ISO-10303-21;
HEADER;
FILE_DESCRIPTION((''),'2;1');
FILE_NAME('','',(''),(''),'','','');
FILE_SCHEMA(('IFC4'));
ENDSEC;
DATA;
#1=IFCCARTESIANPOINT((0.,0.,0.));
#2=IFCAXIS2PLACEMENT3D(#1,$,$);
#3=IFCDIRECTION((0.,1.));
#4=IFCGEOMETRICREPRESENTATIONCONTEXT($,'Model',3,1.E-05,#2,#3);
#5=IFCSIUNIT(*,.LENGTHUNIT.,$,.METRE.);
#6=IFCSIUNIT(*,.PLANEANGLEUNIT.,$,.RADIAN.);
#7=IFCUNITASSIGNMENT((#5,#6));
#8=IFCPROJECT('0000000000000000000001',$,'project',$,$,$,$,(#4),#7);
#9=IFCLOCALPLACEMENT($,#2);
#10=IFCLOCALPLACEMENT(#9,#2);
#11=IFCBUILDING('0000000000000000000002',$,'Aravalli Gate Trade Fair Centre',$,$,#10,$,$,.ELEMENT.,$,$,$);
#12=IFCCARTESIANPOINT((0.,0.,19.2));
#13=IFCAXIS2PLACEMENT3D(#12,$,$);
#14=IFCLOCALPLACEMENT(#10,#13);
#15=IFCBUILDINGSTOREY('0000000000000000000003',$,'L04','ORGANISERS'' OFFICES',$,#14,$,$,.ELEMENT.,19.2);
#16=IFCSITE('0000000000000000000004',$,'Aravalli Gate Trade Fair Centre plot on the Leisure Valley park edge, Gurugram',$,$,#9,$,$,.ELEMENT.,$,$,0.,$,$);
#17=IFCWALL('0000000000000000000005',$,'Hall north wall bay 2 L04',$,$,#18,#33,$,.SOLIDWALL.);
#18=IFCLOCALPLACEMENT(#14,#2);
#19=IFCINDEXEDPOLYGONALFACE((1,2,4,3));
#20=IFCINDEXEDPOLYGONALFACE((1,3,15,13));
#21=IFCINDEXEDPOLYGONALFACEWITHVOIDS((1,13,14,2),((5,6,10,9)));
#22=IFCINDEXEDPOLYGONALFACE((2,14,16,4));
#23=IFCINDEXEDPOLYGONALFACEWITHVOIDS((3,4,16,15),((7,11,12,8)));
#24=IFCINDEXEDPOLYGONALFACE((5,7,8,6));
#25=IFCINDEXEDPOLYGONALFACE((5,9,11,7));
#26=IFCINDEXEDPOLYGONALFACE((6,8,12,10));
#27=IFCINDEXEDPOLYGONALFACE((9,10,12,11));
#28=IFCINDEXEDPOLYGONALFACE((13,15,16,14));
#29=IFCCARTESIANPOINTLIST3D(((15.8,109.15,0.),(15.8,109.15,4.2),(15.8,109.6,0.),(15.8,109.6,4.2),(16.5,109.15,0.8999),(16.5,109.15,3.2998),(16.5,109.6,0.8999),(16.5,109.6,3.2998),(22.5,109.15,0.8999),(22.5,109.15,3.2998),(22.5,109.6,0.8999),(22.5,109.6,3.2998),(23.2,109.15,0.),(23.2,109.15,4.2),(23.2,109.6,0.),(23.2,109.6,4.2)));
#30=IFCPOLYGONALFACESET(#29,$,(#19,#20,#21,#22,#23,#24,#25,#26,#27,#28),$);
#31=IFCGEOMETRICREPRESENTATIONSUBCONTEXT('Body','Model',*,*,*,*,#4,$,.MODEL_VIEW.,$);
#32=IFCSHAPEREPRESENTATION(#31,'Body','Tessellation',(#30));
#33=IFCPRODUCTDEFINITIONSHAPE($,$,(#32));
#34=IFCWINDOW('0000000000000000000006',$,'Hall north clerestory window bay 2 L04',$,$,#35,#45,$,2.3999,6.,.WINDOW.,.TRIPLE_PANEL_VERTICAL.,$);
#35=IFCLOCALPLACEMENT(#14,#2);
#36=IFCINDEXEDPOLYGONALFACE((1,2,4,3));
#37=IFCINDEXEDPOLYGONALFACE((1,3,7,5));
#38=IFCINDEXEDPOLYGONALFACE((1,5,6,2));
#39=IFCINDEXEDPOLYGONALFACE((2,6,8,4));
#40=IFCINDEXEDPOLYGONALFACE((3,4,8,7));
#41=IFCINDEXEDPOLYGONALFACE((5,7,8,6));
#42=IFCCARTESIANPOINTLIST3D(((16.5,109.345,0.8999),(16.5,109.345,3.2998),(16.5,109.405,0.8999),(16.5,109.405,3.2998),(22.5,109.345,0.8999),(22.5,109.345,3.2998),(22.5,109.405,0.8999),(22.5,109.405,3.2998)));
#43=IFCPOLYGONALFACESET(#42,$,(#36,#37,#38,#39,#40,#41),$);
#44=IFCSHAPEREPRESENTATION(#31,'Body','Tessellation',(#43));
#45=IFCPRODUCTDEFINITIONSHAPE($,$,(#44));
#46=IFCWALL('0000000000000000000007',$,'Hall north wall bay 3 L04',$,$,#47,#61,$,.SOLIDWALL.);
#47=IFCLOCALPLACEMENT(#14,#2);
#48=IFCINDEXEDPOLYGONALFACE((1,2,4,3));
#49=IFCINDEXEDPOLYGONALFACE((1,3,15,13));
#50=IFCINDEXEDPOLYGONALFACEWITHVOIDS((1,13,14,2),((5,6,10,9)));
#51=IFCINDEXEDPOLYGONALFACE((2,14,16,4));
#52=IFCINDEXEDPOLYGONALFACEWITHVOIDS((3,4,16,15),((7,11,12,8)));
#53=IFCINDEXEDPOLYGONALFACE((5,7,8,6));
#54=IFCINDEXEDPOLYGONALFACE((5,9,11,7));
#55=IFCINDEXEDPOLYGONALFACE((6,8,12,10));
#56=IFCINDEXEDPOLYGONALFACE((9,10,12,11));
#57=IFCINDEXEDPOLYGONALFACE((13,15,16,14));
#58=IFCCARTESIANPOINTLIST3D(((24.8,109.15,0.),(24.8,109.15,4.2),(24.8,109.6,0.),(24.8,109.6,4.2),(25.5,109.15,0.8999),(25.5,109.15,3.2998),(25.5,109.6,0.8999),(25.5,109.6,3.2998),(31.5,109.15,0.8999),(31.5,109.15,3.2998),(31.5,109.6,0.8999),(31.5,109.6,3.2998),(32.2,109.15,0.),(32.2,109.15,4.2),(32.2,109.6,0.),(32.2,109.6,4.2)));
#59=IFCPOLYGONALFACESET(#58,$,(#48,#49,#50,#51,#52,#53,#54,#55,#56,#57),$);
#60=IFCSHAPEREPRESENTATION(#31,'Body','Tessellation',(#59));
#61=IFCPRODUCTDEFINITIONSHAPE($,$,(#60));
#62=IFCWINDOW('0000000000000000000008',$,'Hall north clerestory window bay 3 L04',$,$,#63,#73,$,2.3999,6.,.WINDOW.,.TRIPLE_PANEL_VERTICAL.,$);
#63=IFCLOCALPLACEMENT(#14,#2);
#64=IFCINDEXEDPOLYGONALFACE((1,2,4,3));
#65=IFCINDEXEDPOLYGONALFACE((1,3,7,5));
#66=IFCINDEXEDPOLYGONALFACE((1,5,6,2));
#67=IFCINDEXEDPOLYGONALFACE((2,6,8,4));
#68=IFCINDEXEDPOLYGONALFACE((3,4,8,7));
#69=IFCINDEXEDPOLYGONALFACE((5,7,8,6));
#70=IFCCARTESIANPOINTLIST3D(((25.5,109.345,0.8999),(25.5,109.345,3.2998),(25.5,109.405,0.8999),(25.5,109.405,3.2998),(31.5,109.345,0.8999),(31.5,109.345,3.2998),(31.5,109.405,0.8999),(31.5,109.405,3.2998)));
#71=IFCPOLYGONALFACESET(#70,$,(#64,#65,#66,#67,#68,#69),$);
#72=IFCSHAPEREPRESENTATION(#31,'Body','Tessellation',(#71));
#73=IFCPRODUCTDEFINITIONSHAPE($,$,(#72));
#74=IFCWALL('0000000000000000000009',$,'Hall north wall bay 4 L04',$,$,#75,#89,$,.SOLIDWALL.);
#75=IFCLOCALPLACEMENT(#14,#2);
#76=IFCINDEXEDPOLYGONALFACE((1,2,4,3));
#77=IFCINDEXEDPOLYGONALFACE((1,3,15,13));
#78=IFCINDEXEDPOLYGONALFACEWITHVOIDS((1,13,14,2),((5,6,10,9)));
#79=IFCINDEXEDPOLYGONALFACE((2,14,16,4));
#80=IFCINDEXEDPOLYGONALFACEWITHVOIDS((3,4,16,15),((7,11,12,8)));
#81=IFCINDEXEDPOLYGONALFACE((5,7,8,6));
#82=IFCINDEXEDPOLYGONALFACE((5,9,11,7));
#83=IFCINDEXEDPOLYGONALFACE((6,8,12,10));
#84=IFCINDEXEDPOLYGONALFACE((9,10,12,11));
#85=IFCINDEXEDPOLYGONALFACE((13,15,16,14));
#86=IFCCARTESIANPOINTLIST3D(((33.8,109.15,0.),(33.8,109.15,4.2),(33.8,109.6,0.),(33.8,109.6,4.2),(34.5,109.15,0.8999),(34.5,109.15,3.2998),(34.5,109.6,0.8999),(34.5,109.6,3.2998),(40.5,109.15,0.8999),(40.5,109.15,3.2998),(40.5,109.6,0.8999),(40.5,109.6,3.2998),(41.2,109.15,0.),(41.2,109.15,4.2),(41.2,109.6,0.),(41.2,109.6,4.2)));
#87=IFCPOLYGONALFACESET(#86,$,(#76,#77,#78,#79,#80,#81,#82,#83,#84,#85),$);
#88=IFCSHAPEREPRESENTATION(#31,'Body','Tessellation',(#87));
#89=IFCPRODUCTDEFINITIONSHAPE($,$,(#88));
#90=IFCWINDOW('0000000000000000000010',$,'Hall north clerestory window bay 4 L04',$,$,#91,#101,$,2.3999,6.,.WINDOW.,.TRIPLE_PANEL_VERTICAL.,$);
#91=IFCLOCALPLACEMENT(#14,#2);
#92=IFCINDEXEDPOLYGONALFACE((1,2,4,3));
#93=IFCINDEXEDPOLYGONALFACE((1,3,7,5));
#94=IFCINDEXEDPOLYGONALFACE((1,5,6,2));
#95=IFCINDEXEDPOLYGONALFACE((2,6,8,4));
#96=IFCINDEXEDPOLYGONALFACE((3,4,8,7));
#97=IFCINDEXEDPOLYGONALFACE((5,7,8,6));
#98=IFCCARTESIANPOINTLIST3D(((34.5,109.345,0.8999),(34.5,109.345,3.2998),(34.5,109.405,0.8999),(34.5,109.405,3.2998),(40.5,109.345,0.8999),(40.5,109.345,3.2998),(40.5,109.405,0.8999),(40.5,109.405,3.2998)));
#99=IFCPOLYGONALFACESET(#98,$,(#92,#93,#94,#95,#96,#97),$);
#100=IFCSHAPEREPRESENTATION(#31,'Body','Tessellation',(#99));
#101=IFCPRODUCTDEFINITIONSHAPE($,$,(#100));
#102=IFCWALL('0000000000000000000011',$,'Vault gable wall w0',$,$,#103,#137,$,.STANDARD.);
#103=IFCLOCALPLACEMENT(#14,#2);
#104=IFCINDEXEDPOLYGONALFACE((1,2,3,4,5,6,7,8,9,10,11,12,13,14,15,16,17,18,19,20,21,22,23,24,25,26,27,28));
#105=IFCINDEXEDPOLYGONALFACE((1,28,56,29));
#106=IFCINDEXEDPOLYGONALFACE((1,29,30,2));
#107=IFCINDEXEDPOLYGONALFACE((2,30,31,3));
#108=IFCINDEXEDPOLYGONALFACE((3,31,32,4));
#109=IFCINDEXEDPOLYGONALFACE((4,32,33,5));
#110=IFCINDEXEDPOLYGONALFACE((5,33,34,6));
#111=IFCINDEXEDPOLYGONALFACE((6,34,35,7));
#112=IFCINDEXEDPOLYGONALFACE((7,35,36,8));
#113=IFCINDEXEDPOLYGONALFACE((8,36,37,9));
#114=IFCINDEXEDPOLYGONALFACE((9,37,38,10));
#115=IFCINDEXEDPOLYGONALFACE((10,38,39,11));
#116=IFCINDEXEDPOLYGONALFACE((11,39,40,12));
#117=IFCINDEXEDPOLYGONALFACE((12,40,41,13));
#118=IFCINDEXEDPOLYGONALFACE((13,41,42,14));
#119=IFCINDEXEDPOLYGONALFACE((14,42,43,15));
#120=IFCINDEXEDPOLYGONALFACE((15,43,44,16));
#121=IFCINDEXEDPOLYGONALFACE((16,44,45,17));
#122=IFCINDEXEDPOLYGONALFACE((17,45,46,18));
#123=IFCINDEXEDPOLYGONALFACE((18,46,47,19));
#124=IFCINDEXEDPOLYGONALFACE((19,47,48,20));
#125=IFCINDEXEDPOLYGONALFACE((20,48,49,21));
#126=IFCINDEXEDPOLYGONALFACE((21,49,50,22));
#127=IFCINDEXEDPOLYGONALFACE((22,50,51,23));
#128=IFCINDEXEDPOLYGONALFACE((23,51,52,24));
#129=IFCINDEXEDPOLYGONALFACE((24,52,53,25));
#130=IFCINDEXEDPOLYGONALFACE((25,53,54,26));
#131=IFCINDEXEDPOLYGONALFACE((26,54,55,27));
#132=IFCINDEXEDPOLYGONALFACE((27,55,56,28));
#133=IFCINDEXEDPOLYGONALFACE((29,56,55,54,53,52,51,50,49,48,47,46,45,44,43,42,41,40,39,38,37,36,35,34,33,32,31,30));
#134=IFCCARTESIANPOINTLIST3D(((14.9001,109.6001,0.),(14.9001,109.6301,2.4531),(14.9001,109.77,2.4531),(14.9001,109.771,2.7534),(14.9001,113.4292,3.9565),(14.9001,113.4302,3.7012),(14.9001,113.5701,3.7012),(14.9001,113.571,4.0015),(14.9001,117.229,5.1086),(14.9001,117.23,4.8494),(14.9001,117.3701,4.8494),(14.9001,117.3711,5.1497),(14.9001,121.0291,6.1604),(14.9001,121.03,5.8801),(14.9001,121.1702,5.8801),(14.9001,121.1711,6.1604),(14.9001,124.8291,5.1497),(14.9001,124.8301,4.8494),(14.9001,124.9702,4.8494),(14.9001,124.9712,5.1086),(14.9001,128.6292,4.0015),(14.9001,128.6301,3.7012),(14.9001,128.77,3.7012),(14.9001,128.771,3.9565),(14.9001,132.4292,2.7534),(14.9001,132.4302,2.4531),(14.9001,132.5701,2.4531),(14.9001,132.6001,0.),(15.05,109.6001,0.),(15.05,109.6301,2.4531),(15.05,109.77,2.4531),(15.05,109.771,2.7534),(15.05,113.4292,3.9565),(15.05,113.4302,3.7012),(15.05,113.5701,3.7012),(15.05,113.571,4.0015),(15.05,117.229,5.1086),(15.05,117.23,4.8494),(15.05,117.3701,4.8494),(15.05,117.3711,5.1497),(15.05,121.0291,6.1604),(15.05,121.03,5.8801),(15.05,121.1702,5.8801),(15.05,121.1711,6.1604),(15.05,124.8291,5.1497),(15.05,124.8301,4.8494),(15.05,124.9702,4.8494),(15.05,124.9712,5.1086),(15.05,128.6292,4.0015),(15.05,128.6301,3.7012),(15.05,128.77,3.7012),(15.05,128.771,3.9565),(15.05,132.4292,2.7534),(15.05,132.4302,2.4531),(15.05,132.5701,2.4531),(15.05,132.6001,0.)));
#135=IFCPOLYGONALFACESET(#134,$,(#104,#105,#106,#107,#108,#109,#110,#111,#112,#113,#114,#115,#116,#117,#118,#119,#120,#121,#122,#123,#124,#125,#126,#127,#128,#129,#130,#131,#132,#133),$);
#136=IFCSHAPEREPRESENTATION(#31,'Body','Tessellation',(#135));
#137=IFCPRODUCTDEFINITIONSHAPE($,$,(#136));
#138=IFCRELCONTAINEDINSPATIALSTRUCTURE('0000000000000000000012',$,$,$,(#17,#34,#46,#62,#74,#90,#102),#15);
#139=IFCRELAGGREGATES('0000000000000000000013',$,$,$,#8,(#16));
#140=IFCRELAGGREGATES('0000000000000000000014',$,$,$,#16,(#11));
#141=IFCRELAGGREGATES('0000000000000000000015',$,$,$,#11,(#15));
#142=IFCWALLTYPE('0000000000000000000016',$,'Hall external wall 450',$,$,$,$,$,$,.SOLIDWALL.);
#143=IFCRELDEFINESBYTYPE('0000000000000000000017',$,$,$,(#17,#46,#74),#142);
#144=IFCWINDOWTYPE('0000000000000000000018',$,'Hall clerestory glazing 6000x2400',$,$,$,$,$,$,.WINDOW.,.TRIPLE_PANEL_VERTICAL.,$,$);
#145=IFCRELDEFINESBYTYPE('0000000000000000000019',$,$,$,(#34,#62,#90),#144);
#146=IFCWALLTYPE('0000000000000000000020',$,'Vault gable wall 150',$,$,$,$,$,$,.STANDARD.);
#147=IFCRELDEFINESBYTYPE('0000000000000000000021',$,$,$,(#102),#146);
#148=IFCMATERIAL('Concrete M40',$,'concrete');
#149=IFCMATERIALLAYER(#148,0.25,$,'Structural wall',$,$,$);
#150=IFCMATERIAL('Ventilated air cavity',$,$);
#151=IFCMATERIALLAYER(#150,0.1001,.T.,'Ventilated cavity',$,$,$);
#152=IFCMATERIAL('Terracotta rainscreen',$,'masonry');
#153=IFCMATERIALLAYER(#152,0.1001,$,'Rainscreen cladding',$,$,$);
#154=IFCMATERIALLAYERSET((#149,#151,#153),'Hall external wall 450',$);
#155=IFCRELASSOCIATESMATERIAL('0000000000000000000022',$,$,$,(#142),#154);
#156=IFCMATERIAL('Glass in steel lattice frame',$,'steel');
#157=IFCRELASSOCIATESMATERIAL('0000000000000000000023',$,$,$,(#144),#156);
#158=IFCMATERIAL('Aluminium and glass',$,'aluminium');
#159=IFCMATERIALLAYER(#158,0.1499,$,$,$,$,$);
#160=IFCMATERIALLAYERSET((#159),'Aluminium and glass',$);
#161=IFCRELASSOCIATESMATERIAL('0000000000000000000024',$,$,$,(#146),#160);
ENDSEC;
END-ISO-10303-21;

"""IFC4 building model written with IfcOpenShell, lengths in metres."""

from ifc_helpers import new_model, si_unit, direction, frame, frame_2d, origin, place, context, subcontext, project, spatial, polyline, rectangle, outline, extrude, material, layer, layer_set, type_object, element, fill, save


model = new_model("IFC4")

# Units and contexts
model_context = context("Model", 3, precision=1e-05, world=origin(), true_north=direction((0.0, 1.0)))
body_context = subcontext(model_context, "Body", "Model", "MODEL_VIEW")
ifc_project = project(units=[si_unit("LENGTHUNIT", "METRE"), si_unit("PLANEANGLEUNIT", "RADIAN")], contexts=[model_context])

# Site, building, storey
site_placement = place(None, origin())
site = spatial("IfcSite", under=ifc_project, at=site_placement, Name="Aravalli Gate Trade Fair Centre plot on the Leisure Valley park edge, Gurugram", CompositionType="ELEMENT", RefElevation=0.0)
building_placement = place(site_placement, origin())
building = spatial("IfcBuilding", under=site, at=building_placement, Name="Aravalli Gate Trade Fair Centre", CompositionType="ELEMENT")
storey_placement = place(building_placement, frame((0.0, 0.0, 19.2)))
storey = spatial("IfcBuildingStorey", under=building, at=storey_placement, Name="L04", Description="ORGANISERS' OFFICES", CompositionType="ELEMENT", Elevation=19.2)

# Walls, openings, windows
ifc_material_1 = material(Name="Concrete M40", Category="concrete")
ifc_layer_1 = layer(ifc_material_1, 0.25, Name="Structural wall")
ifc_material_2 = material(Name="Ventilated air cavity")
ifc_layer_2 = layer(ifc_material_2, 0.1001, ventilated=True, Name="Ventilated cavity")
ifc_material_3 = material(Name="Terracotta rainscreen", Category="masonry")
ifc_layer_3 = layer(ifc_material_3, 0.1001, Name="Rainscreen cladding")
ifc_layer_set_1 = layer_set([ifc_layer_1, ifc_layer_2, ifc_layer_3], Name="Hall external wall 450")
wall_type_1 = type_object("IfcWallType", Name="Hall external wall 450", PredefinedType="SOLIDWALL", material=ifc_layer_set_1)
ifc_material_4 = material(Name="Glass in steel lattice frame", Category="steel")
window_type = type_object("IfcWindowType", Name="Hall clerestory glazing 6000x2400", PartitioningType="TRIPLE_PANEL_VERTICAL", PredefinedType="WINDOW", material=ifc_material_4)
wall_1_placement = place(storey_placement, frame((15.8, 109.375, 0.0), z_axis=(0.0, 0.0, 1.0), x_axis=(1.0, 0.0, 0.0)))
wall_1 = element("IfcWall", 1, at=wall_1_placement, inside=storey, type_object=wall_type_1, Name="Hall north wall bay 2 L04", PredefinedType="SOLIDWALL", context=body_context, shape_type="SweptSolid", body=[
    extrude(rectangle(XDim=7.3999, YDim=0.45, at=frame_2d((3.7, 0.0))), origin(), (0.0, 0.0, 1.0), 4.2),
])
opening_1_placement = place(wall_1_placement, frame((0.7, 0.0, 0.8999)))
opening_1 = element("IfcOpeningElement", 2, at=opening_1_placement, cuts=wall_1, PredefinedType="OPENING", context=body_context, shape_type="SweptSolid", body=[
    extrude(rectangle(XDim=6.0, YDim=2.3999, at=frame_2d((3.0, 1.2))), frame((0.0, 0.2349, 0.0), z_axis=(0.0, -1.0, 0.0), x_axis=(1.0, 0.0, 0.0)), (0.0, 0.0, 1.0), 0.47),
])
window_1_placement = place(opening_1_placement, origin())
window_1 = element("IfcWindow", 3, at=window_1_placement, inside=storey, type_object=window_type, Name="Hall north clerestory window bay 2 L04", OverallHeight=2.3999, OverallWidth=6.0, PartitioningType="TRIPLE_PANEL_VERTICAL", PredefinedType="WINDOW", context=body_context, shape_type="SweptSolid", body=[
    extrude(rectangle(XDim=6.0, YDim=2.3999, at=frame_2d((3.0, 1.2))), frame((0.0, 0.03, 0.0), z_axis=(0.0, -1.0, 0.0), x_axis=(1.0, 0.0, 0.0)), (0.0, 0.0, 1.0), 0.0601),
])
fill(opening_1, window_1)
wall_2_placement = place(storey_placement, frame((24.8, 109.375, 0.0), z_axis=(0.0, 0.0, 1.0), x_axis=(1.0, 0.0, 0.0)))
wall_2 = element("IfcWall", 4, at=wall_2_placement, inside=storey, type_object=wall_type_1, Name="Hall north wall bay 3 L04", PredefinedType="SOLIDWALL", context=body_context, shape_type="SweptSolid", body=[
    extrude(rectangle(XDim=7.3999, YDim=0.45, at=frame_2d((3.7, 0.0))), origin(), (0.0, 0.0, 1.0), 4.2),
])
opening_2_placement = place(wall_2_placement, frame((0.7, 0.0, 0.8999)))
opening_2 = element("IfcOpeningElement", 5, at=opening_2_placement, cuts=wall_2, PredefinedType="OPENING", context=body_context, shape_type="SweptSolid", body=[
    extrude(rectangle(XDim=6.0, YDim=2.3999, at=frame_2d((3.0, 1.2))), frame((0.0, 0.2349, 0.0), z_axis=(0.0, -1.0, 0.0), x_axis=(1.0, 0.0, 0.0)), (0.0, 0.0, 1.0), 0.47),
])
window_2_placement = place(opening_2_placement, origin())
window_2 = element("IfcWindow", 6, at=window_2_placement, inside=storey, type_object=window_type, Name="Hall north clerestory window bay 3 L04", OverallHeight=2.3999, OverallWidth=6.0, PartitioningType="TRIPLE_PANEL_VERTICAL", PredefinedType="WINDOW", context=body_context, shape_type="SweptSolid", body=[
    extrude(rectangle(XDim=6.0, YDim=2.3999, at=frame_2d((3.0, 1.2))), frame((0.0, 0.03, 0.0), z_axis=(0.0, -1.0, 0.0), x_axis=(1.0, 0.0, 0.0)), (0.0, 0.0, 1.0), 0.0601),
])
fill(opening_2, window_2)
wall_3_placement = place(storey_placement, frame((33.8, 109.375, 0.0), z_axis=(0.0, 0.0, 1.0), x_axis=(1.0, 0.0, 0.0)))
wall_3 = element("IfcWall", 7, at=wall_3_placement, inside=storey, type_object=wall_type_1, Name="Hall north wall bay 4 L04", PredefinedType="SOLIDWALL", context=body_context, shape_type="SweptSolid", body=[
    extrude(rectangle(XDim=7.3999, YDim=0.45, at=frame_2d((3.7, 0.0))), origin(), (0.0, 0.0, 1.0), 4.2),
])
opening_3_placement = place(wall_3_placement, frame((0.7, 0.0, 0.8999)))
opening_3 = element("IfcOpeningElement", 8, at=opening_3_placement, cuts=wall_3, PredefinedType="OPENING", context=body_context, shape_type="SweptSolid", body=[
    extrude(rectangle(XDim=6.0, YDim=2.3999, at=frame_2d((3.0, 1.2))), frame((0.0, 0.2349, 0.0), z_axis=(0.0, -1.0, 0.0), x_axis=(1.0, 0.0, 0.0)), (0.0, 0.0, 1.0), 0.47),
])
window_3_placement = place(opening_3_placement, origin())
window_3 = element("IfcWindow", 9, at=window_3_placement, inside=storey, type_object=window_type, Name="Hall north clerestory window bay 4 L04", OverallHeight=2.3999, OverallWidth=6.0, PartitioningType="TRIPLE_PANEL_VERTICAL", PredefinedType="WINDOW", context=body_context, shape_type="SweptSolid", body=[
    extrude(rectangle(XDim=6.0, YDim=2.3999, at=frame_2d((3.0, 1.2))), frame((0.0, 0.03, 0.0), z_axis=(0.0, -1.0, 0.0), x_axis=(1.0, 0.0, 0.0)), (0.0, 0.0, 1.0), 0.0601),
])
fill(opening_3, window_3)

# Wall
ifc_material_5 = material(Name="Aluminium and glass", Category="aluminium")
ifc_layer_4 = layer(ifc_material_5, 0.1499)
ifc_layer_set_2 = layer_set([ifc_layer_4], Name="Aluminium and glass")
wall_type_2 = type_object("IfcWallType", Name="Vault gable wall 150", PredefinedType="STANDARD", material=ifc_layer_set_2)
wall_4_placement = place(storey_placement, frame((14.9751, 109.6001, 0.0), z_axis=(0.0, 0.0, 1.0), x_axis=(0.0, 1.0, 0.0)))
element("IfcWall", 10, at=wall_4_placement, inside=storey, type_object=wall_type_2, Name="Vault gable wall w0", PredefinedType="STANDARD", context=body_context, shape_type="SweptSolid", body=[
    extrude(outline(polyline([(0.0, 0.0), (23.0, 0.0), (22.97, 2.4531), (22.8301, 2.4531), (22.8291, 2.7534), (19.1709, 3.9565), (19.1699, 3.7012), (19.03, 3.7012), (19.0291, 4.0015), (15.3711, 5.1086), (15.3701, 4.8494), (15.23, 4.8494), (15.229, 5.1497), (11.571, 6.1604), (11.5701, 5.8801), (11.4299, 5.8801), (11.429, 6.1604), (7.771, 5.1497), (7.77, 4.8494), (7.6299, 4.8494), (7.6289, 5.1086), (3.9709, 4.0015), (3.97, 3.7012), (3.8301, 3.7012), (3.8291, 3.9565), (0.1709, 2.7534), (0.1699, 2.4531), (0.03, 2.4531), (0.0, 0.0)])), frame((0.0, 0.075, 0.0), z_axis=(0.0, -1.0, 0.0), x_axis=(1.0, 0.0, 0.0)), (0.0, 0.0, 1.0), 0.1499),
])

save(model, "model.ifc")
